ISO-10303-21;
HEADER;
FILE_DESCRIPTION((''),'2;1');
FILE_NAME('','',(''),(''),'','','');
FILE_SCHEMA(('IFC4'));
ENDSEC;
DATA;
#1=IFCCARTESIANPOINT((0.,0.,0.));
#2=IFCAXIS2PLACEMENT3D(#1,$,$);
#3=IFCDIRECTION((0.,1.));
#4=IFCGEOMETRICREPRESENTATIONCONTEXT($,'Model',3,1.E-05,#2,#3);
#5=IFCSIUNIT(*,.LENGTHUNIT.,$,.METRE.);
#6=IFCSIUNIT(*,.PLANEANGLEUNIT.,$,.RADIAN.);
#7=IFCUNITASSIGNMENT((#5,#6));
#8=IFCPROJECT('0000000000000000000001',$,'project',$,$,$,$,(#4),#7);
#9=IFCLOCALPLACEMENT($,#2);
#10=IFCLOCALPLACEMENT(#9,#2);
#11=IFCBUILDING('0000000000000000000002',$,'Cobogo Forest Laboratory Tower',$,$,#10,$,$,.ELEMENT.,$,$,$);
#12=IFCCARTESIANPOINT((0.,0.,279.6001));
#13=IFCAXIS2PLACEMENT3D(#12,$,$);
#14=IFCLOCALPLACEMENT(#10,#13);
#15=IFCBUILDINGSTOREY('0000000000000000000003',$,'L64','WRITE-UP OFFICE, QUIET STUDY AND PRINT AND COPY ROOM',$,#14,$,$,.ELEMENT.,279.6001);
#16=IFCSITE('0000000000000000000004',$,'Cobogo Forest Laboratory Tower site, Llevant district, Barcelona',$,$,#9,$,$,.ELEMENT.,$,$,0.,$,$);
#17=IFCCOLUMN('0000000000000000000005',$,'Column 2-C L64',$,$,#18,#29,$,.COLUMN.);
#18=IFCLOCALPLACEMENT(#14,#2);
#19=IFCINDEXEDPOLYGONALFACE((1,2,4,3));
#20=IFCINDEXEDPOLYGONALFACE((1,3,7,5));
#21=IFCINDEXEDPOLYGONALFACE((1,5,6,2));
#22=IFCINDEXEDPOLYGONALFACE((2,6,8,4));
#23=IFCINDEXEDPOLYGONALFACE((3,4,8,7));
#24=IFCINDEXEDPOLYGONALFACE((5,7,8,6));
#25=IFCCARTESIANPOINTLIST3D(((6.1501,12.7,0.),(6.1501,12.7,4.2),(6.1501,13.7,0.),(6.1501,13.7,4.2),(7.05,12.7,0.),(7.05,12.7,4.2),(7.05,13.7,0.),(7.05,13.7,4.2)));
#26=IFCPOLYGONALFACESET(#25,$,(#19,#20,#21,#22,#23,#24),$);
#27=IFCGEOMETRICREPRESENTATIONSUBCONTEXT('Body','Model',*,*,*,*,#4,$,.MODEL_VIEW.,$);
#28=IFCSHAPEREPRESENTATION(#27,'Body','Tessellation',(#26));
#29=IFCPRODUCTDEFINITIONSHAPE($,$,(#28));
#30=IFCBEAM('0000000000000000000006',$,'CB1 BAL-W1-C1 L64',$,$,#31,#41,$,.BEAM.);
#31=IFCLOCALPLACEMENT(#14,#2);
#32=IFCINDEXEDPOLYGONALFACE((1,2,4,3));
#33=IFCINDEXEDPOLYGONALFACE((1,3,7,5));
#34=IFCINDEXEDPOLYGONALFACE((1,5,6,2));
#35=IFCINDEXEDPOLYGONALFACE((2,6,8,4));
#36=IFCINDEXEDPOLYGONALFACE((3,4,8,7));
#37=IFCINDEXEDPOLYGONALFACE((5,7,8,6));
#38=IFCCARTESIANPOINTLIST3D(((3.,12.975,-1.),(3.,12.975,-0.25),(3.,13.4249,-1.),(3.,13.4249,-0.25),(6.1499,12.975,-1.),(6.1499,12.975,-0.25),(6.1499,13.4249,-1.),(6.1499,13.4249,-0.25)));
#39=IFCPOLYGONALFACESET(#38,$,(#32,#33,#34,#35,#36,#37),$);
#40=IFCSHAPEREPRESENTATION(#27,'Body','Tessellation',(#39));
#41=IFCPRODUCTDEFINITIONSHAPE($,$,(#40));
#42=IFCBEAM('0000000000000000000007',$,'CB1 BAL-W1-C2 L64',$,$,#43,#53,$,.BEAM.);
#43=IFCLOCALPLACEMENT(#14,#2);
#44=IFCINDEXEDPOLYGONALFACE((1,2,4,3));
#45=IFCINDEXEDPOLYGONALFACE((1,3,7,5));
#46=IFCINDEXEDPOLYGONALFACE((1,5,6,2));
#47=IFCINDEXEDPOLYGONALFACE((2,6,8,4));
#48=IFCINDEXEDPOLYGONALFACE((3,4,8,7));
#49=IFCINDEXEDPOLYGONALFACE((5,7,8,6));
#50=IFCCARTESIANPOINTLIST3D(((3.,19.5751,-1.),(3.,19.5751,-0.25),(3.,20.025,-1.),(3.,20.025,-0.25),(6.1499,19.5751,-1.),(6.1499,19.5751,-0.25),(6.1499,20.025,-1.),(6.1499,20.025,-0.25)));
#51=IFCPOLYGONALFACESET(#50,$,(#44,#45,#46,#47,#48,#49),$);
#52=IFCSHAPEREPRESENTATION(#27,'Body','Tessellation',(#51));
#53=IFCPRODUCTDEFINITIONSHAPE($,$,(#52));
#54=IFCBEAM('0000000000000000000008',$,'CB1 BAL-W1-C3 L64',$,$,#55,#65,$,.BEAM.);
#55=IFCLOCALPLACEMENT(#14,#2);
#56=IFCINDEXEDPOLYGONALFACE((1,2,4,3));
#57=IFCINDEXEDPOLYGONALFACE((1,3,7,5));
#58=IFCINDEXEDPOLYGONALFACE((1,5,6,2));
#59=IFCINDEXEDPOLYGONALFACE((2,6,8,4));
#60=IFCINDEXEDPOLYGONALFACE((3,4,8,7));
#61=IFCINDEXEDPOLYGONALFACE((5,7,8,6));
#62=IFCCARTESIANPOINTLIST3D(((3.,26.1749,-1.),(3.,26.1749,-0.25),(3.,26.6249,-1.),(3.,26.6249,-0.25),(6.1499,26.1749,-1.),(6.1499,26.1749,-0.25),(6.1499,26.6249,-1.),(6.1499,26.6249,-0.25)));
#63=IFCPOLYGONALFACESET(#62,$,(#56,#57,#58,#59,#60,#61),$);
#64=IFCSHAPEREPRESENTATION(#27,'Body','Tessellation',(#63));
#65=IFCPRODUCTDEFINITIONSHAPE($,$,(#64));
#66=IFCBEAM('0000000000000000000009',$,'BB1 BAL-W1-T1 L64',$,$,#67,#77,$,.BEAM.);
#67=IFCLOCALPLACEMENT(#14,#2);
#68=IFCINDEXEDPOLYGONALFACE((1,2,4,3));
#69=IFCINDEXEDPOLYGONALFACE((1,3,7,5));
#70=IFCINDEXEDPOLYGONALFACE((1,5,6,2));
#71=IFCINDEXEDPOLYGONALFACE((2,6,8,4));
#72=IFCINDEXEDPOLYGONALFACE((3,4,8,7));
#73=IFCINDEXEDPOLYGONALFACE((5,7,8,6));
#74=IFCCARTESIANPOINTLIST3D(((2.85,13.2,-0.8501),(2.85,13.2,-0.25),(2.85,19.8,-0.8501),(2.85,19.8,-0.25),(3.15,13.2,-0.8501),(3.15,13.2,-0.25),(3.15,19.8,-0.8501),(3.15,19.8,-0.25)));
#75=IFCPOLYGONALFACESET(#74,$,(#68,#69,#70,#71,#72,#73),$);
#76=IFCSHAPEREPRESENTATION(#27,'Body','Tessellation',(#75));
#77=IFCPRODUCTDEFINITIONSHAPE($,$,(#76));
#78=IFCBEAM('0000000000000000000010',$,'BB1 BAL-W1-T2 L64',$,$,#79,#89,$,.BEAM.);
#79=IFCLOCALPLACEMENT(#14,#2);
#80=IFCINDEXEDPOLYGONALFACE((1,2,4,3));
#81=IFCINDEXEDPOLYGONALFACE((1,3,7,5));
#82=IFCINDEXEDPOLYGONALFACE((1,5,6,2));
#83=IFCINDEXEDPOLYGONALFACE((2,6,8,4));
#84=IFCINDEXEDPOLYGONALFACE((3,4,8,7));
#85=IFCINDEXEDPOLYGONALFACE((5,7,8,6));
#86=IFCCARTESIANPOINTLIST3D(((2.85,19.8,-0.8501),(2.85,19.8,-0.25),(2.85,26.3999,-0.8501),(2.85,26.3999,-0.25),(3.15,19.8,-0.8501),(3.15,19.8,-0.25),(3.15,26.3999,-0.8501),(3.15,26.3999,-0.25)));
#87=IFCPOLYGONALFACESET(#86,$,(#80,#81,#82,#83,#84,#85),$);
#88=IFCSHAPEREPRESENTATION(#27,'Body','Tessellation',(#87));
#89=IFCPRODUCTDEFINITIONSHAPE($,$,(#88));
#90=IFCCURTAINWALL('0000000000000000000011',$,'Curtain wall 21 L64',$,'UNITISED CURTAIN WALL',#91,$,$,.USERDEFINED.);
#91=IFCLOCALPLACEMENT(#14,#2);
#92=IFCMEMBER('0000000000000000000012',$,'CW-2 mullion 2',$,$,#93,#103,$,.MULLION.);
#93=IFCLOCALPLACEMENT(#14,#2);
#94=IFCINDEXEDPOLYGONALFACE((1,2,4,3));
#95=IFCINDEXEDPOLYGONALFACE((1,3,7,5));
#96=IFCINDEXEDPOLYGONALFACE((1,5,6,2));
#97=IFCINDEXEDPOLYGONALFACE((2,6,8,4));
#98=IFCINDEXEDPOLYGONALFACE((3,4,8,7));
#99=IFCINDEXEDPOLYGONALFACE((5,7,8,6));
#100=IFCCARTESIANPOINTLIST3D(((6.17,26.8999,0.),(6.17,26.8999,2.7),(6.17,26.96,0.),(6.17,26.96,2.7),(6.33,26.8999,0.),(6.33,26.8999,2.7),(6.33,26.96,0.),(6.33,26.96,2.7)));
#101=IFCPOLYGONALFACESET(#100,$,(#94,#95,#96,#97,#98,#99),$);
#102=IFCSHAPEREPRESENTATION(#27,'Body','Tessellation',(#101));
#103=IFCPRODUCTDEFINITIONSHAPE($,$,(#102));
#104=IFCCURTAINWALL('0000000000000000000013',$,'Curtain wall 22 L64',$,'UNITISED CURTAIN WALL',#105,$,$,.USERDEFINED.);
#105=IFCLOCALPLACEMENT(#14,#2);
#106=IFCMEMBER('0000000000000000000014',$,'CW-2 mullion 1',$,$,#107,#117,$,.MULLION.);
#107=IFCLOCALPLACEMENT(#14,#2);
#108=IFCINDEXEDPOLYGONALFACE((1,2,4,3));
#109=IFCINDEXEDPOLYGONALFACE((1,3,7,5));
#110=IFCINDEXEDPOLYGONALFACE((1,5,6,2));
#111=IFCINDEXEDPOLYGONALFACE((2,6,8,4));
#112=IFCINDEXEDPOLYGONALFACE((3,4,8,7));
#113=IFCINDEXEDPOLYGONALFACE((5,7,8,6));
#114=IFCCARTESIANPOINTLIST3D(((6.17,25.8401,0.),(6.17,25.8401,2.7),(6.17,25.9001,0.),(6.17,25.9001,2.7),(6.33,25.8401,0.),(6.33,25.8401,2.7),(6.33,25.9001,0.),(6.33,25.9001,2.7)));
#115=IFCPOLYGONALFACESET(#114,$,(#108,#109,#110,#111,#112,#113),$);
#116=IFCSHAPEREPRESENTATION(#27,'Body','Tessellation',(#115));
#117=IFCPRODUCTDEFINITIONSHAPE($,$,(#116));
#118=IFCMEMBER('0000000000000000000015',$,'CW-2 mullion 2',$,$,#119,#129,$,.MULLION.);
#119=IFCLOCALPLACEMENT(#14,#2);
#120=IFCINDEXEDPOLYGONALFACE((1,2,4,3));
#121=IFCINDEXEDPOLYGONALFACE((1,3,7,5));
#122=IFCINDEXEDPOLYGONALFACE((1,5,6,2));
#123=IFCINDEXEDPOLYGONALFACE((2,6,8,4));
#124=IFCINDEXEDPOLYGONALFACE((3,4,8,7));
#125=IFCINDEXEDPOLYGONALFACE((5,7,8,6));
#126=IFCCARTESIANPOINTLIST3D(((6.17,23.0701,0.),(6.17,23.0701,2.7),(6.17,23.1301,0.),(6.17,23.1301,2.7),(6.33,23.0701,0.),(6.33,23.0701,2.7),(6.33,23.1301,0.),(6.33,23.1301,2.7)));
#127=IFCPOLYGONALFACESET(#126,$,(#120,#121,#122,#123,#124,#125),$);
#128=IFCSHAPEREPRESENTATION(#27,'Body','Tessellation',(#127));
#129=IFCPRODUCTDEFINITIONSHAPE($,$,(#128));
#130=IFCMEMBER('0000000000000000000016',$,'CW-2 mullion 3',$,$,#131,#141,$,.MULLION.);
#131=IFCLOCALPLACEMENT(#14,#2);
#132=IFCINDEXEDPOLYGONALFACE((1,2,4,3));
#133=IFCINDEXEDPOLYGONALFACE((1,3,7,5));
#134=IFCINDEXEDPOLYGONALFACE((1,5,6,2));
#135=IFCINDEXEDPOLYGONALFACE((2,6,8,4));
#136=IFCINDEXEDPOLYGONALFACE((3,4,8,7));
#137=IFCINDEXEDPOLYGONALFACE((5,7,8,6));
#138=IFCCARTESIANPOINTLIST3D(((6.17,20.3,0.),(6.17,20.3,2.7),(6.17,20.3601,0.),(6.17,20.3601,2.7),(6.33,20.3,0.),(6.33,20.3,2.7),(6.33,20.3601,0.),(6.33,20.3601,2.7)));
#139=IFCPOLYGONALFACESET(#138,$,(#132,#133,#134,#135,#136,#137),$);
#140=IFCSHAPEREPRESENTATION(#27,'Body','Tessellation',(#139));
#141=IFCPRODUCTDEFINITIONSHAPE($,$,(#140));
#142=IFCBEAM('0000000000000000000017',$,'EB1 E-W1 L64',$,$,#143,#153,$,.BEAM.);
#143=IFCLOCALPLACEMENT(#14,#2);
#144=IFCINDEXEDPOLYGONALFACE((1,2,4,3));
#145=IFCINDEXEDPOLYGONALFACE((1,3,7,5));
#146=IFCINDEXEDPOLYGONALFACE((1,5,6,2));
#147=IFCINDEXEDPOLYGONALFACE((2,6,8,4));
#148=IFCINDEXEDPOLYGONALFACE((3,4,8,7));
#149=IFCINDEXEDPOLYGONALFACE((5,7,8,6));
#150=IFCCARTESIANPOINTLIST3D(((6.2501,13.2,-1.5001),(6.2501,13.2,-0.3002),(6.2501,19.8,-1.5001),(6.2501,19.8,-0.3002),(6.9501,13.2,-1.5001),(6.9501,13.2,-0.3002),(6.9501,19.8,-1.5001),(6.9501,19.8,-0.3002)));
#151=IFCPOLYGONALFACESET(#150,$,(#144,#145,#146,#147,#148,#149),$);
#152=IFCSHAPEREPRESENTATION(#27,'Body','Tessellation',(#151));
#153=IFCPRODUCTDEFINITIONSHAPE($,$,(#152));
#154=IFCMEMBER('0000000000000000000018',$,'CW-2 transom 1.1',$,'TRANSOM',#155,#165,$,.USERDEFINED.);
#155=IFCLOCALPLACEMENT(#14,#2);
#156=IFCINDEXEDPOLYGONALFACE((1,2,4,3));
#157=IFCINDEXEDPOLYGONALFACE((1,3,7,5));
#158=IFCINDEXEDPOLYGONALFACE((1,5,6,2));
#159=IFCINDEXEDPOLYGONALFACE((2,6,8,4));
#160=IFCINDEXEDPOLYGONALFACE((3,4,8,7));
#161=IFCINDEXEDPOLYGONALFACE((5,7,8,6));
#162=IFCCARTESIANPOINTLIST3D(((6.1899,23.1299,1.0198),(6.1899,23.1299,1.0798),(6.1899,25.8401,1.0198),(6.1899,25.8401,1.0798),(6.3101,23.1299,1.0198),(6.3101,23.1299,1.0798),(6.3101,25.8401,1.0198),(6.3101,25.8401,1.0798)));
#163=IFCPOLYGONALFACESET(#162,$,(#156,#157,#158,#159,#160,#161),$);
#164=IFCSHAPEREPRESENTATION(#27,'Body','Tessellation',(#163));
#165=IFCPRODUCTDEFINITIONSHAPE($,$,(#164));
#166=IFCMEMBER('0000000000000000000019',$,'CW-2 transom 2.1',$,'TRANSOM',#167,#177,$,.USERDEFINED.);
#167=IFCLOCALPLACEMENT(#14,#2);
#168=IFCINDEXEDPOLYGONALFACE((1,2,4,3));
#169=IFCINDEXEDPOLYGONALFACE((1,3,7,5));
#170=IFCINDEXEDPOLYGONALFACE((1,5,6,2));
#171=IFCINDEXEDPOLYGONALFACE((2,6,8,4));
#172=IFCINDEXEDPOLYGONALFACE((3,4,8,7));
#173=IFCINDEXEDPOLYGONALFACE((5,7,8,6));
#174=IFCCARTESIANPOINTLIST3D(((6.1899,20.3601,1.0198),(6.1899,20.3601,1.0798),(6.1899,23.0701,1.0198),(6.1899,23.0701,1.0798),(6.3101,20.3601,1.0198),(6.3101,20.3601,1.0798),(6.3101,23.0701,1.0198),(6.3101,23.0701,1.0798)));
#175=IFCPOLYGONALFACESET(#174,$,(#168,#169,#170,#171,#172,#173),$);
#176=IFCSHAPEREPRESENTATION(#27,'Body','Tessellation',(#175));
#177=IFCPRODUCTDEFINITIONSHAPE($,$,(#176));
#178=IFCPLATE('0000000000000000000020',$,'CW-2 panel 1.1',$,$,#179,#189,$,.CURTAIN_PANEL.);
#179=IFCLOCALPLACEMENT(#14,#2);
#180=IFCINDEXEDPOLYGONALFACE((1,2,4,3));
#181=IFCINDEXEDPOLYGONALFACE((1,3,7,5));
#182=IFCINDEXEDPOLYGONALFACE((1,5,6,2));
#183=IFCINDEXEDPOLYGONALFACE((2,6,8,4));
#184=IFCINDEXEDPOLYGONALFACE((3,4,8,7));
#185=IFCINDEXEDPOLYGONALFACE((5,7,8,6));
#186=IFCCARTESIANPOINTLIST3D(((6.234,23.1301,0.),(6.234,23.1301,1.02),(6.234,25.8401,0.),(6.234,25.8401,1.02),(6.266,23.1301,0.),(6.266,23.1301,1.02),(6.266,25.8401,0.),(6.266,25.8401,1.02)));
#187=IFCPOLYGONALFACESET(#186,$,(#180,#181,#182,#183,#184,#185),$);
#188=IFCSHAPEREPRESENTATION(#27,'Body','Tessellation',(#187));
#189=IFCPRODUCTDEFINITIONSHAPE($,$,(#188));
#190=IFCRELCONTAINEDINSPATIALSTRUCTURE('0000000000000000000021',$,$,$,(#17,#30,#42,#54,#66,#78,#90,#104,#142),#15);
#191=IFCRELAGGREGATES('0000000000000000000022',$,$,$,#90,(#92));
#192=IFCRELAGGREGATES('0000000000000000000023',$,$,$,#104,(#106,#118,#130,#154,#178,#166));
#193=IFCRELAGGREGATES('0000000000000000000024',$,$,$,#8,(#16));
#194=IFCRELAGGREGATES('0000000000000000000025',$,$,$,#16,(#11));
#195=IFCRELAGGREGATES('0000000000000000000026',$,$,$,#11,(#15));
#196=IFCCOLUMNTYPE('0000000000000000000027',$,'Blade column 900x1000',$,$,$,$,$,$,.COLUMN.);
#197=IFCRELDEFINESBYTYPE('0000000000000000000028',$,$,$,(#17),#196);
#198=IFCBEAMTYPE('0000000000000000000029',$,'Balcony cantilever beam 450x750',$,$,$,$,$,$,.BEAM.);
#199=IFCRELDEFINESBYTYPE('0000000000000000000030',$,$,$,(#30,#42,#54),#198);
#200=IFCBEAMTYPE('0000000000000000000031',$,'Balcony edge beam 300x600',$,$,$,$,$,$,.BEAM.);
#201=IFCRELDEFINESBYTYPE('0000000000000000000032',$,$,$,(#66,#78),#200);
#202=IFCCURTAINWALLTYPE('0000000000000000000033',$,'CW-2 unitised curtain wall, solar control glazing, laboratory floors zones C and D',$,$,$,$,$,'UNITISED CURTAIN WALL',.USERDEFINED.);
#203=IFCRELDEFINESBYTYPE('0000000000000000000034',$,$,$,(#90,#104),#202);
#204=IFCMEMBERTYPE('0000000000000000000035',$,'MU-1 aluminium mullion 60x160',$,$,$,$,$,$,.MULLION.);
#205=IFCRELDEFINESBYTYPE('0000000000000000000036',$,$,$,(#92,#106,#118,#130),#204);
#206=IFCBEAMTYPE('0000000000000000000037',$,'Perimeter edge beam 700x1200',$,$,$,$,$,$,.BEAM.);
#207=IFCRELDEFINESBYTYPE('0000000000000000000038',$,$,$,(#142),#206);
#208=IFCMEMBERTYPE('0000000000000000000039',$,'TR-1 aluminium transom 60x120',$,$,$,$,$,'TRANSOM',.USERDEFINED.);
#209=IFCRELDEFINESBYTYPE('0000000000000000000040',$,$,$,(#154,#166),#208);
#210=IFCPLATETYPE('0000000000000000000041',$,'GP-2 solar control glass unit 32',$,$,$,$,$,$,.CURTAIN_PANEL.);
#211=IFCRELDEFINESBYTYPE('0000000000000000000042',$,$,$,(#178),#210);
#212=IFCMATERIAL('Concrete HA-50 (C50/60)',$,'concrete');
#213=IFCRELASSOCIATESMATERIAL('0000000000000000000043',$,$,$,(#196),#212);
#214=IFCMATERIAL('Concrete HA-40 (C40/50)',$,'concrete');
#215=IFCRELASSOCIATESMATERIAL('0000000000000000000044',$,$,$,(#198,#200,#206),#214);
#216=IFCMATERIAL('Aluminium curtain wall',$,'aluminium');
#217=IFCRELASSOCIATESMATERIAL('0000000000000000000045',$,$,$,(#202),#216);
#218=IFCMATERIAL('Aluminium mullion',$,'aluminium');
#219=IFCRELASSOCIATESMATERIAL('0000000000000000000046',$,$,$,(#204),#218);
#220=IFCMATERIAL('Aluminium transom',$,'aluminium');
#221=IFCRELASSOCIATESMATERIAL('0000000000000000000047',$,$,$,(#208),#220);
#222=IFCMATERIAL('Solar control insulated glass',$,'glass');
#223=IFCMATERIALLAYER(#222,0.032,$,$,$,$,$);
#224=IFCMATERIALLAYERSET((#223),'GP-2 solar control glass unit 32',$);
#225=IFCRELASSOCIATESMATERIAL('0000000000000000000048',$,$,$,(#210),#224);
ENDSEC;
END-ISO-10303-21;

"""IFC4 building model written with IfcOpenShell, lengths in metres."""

from ifc_helpers import new_model, si_unit, direction, frame, origin, origin_2d, place, context, subcontext, project, spatial, rectangle, extrude, material, layer, layer_set, material_profile, profile_set, type_object, element, aggregate, save


model = new_model("IFC4")

# Units and contexts
model_context = context("Model", 3, precision=1e-05, world=origin(), true_north=direction((0.0, 1.0)))
body_context = subcontext(model_context, "Body", "Model", "MODEL_VIEW")
ifc_project = project(units=[si_unit("LENGTHUNIT", "METRE"), si_unit("PLANEANGLEUNIT", "RADIAN")], contexts=[model_context])

# Site, building, storey
site_placement = place(None, origin())
site = spatial("IfcSite", under=ifc_project, at=site_placement, Name="Cobogo Forest Laboratory Tower site, Llevant district, Barcelona", CompositionType="ELEMENT", RefElevation=0.0)
building_placement = place(site_placement, origin())
building = spatial("IfcBuilding", under=site, at=building_placement, Name="Cobogo Forest Laboratory Tower", CompositionType="ELEMENT")
storey_placement = place(building_placement, frame((0.0, 0.0, 279.6001)))
storey = spatial("IfcBuildingStorey", under=building, at=storey_placement, Name="L64", Description="WRITE-UP OFFICE, QUIET STUDY AND PRINT AND COPY ROOM", CompositionType="ELEMENT", Elevation=279.6001)

# Column
ifc_material_1 = material(Name="Concrete HA-50 (C50/60)", Category="concrete")
ifc_material_profile_1 = material_profile(ifc_material_1, rectangle(XDim=1.0, YDim=0.8999, at=origin_2d()), Name="RC 900x1000")
ifc_profile_set_1 = profile_set([ifc_material_profile_1], Name="Concrete HA-50 (C50/60)")
column_type = type_object("IfcColumnType", Name="Blade column 900x1000", PredefinedType="COLUMN", material=ifc_profile_set_1)
column_placement = place(storey_placement, frame((6.6001, 13.2, 0.0), z_axis=(0.0, 0.0, 1.0), x_axis=(0.0, 1.0, 0.0)))
element("IfcColumn", 1, at=column_placement, inside=storey, type_object=column_type, Name="Column 2-C L64", PredefinedType="COLUMN", context=body_context, shape_type="SweptSolid", body=[
    extrude(rectangle(XDim=1.0, YDim=0.8999, at=origin_2d()), origin(), (0.0, 0.0, 1.0), 4.2),
])

# Beams
ifc_material_2 = material(Name="Concrete HA-40 (C40/50)", Category="concrete")
ifc_material_profile_2 = material_profile(ifc_material_2, rectangle(XDim=0.45, YDim=0.75, at=origin_2d()), Name="RC 450x750")
ifc_profile_set_2 = profile_set([ifc_material_profile_2], Name="Concrete HA-40 (C40/50)")
beam_type_1 = type_object("IfcBeamType", Name="Balcony cantilever beam 450x750", PredefinedType="BEAM", material=ifc_profile_set_2)
for number, where, z_axis, x_axis, name in (
    (2, (6.1499, 13.2, -0.625), (-1.0, 0.0, 0.0), (0.0, -1.0, 0.0), "CB1 BAL-W1-C1 L64"),
    (3, (6.1499, 19.8, -0.625), (-1.0, 0.0, 0.0), (0.0, -1.0, 0.0), "CB1 BAL-W1-C2 L64"),
    (4, (6.1499, 26.3999, -0.625), (-1.0, 0.0, 0.0), (0.0, -1.0, 0.0), "CB1 BAL-W1-C3 L64"),
):
    element("IfcBeam", number, at=place(storey_placement, frame(where, z_axis=z_axis, x_axis=x_axis)), inside=storey, type_object=beam_type_1, Name=name, PredefinedType="BEAM", context=body_context, shape_type="SweptSolid", body=[
        extrude(rectangle(XDim=0.45, YDim=0.75, at=origin_2d()), origin(), (0.0, 0.0, 1.0), 3.1499),
    ])
ifc_material_profile_3 = material_profile(ifc_material_2, rectangle(XDim=0.3, YDim=0.6001, at=origin_2d()), Name="RC 300x600")
ifc_profile_set_3 = profile_set([ifc_material_profile_3], Name="Concrete HA-40 (C40/50)")
beam_type_2 = type_object("IfcBeamType", Name="Balcony edge beam 300x600", PredefinedType="BEAM", material=ifc_profile_set_3)
beam_1_placement = place(storey_placement, frame((3.0, 13.2, -0.55), z_axis=(0.0, 1.0, 0.0), x_axis=(-1.0, 0.0, 0.0)))
element("IfcBeam", 5, at=beam_1_placement, inside=storey, type_object=beam_type_2, Name="BB1 BAL-W1-T1 L64", PredefinedType="BEAM", context=body_context, shape_type="SweptSolid", body=[
    extrude(rectangle(XDim=0.3, YDim=0.6001, at=origin_2d()), origin(), (0.0, 0.0, 1.0), 6.6001),
])
beam_2_placement = place(storey_placement, frame((3.0, 19.8, -0.55), z_axis=(0.0, 1.0, 0.0), x_axis=(-1.0, 0.0, 0.0)))
element("IfcBeam", 6, at=beam_2_placement, inside=storey, type_object=beam_type_2, Name="BB1 BAL-W1-T2 L64", PredefinedType="BEAM", context=body_context, shape_type="SweptSolid", body=[
    extrude(rectangle(XDim=0.3, YDim=0.6001, at=origin_2d()), origin(), (0.0, 0.0, 1.0), 6.5999),
])

# Curtain wall, member
ifc_material_3 = material(Name="Aluminium curtain wall", Category="aluminium")
curtain_wall_type = type_object("IfcCurtainWallType", Name="CW-2 unitised curtain wall, solar control glazing, laboratory floors zones C and D", ElementType="UNITISED CURTAIN WALL", PredefinedType="USERDEFINED", material=ifc_material_3)
curtain_wall_1_placement = place(storey_placement, origin())
curtain_wall_1 = element("IfcCurtainWall", 7, at=curtain_wall_1_placement, inside=storey, type_object=curtain_wall_type, Name="Curtain wall 21 L64", ObjectType="UNITISED CURTAIN WALL", PredefinedType="USERDEFINED")
ifc_material_4 = material(Name="Aluminium mullion", Category="aluminium")
ifc_material_profile_4 = material_profile(ifc_material_4, rectangle(XDim=0.0601, YDim=0.1599, at=origin_2d()), Name="AL 60x160")
ifc_profile_set_4 = profile_set([ifc_material_profile_4], Name="Aluminium mullion")
member_type_1 = type_object("IfcMemberType", Name="MU-1 aluminium mullion 60x160", PredefinedType="MULLION", material=ifc_profile_set_4)
member_1_placement = place(storey_placement, frame((6.25, 26.9299, 0.0), z_axis=(0.0, 0.0, 1.0), x_axis=(0.0, -1.0, 0.0)))
member_1 = element("IfcMember", 8, at=member_1_placement, type_object=member_type_1, Name="CW-2 mullion 2", PredefinedType="MULLION", context=body_context, shape_type="SweptSolid", body=[
    extrude(rectangle(XDim=0.0601, YDim=0.1599, at=origin_2d()), origin(), (0.0, 0.0, 1.0), 2.7),
])
aggregate(curtain_wall_1, [member_1])

# Curtain wall, members
curtain_wall_2_placement = place(storey_placement, origin())
curtain_wall_2 = element("IfcCurtainWall", 9, at=curtain_wall_2_placement, inside=storey, type_object=curtain_wall_type, Name="Curtain wall 22 L64", ObjectType="UNITISED CURTAIN WALL", PredefinedType="USERDEFINED")
member_2_placement = place(storey_placement, frame((6.25, 25.8701, 0.0), z_axis=(0.0, 0.0, 1.0), x_axis=(0.0, -1.0, 0.0)))
member_2 = element("IfcMember", 10, at=member_2_placement, type_object=member_type_1, Name="CW-2 mullion 1", PredefinedType="MULLION", context=body_context, shape_type="SweptSolid", body=[
    extrude(rectangle(XDim=0.0601, YDim=0.1599, at=origin_2d()), origin(), (0.0, 0.0, 1.0), 2.7),
])
member_3_placement = place(storey_placement, frame((6.25, 23.1001, 0.0), z_axis=(0.0, 0.0, 1.0), x_axis=(0.0, -1.0, 0.0)))
member_3 = element("IfcMember", 11, at=member_3_placement, type_object=member_type_1, Name="CW-2 mullion 2", PredefinedType="MULLION", context=body_context, shape_type="SweptSolid", body=[
    extrude(rectangle(XDim=0.0601, YDim=0.1599, at=origin_2d()), origin(), (0.0, 0.0, 1.0), 2.7),
])
member_4_placement = place(storey_placement, frame((6.25, 20.3301, 0.0), z_axis=(0.0, 0.0, 1.0), x_axis=(0.0, -1.0, 0.0)))
member_4 = element("IfcMember", 12, at=member_4_placement, type_object=member_type_1, Name="CW-2 mullion 3", PredefinedType="MULLION", context=body_context, shape_type="SweptSolid", body=[
    extrude(rectangle(XDim=0.0601, YDim=0.1599, at=origin_2d()), origin(), (0.0, 0.0, 1.0), 2.7),
])

# Beam
ifc_material_profile_5 = material_profile(ifc_material_2, rectangle(XDim=0.7, YDim=1.2, at=origin_2d()), Name="RC 700x1200")
ifc_profile_set_5 = profile_set([ifc_material_profile_5], Name="Concrete HA-40 (C40/50)")
beam_type_3 = type_object("IfcBeamType", Name="Perimeter edge beam 700x1200", PredefinedType="BEAM", material=ifc_profile_set_5)
beam_3_placement = place(storey_placement, frame((6.6001, 13.2, -0.9001), z_axis=(0.0, 1.0, 0.0), x_axis=(-1.0, 0.0, 0.0)))
element("IfcBeam", 13, at=beam_3_placement, inside=storey, type_object=beam_type_3, Name="EB1 E-W1 L64", PredefinedType="BEAM", context=body_context, shape_type="SweptSolid", body=[
    extrude(rectangle(XDim=0.7, YDim=1.2, at=origin_2d()), origin(), (0.0, 0.0, 1.0), 6.6001),
])

# Members
ifc_material_5 = material(Name="Aluminium transom", Category="aluminium")
ifc_material_profile_6 = material_profile(ifc_material_5, rectangle(XDim=0.1201, YDim=0.0601, at=origin_2d()), Name="AL 60x120")
ifc_profile_set_6 = profile_set([ifc_material_profile_6], Name="Aluminium transom")
member_type_2 = type_object("IfcMemberType", Name="TR-1 aluminium transom 60x120", ElementType="TRANSOM", PredefinedType="USERDEFINED", material=ifc_profile_set_6)
member_5_placement = place(storey_placement, frame((6.25, 25.8401, 1.0498), z_axis=(0.0, -1.0, 0.0), x_axis=(1.0, 0.0, 0.0)))
member_5 = element("IfcMember", 14, at=member_5_placement, type_object=member_type_2, Name="CW-2 transom 1.1", ObjectType="TRANSOM", PredefinedType="USERDEFINED", context=body_context, shape_type="SweptSolid", body=[
    extrude(rectangle(XDim=0.1201, YDim=0.0601, at=origin_2d()), origin(), (0.0, 0.0, 1.0), 2.7102),
])
member_6_placement = place(storey_placement, frame((6.25, 23.0701, 1.0498), z_axis=(0.0, -1.0, 0.0), x_axis=(1.0, 0.0, 0.0)))
member_6 = element("IfcMember", 15, at=member_6_placement, type_object=member_type_2, Name="CW-2 transom 2.1", ObjectType="TRANSOM", PredefinedType="USERDEFINED", context=body_context, shape_type="SweptSolid", body=[
    extrude(rectangle(XDim=0.1201, YDim=0.0601, at=origin_2d()), origin(), (0.0, 0.0, 1.0), 2.71),
])

# Plate
ifc_material_6 = material(Name="Solar control insulated glass", Category="glass")
ifc_layer_1 = layer(ifc_material_6, 0.032)
ifc_layer_set_1 = layer_set([ifc_layer_1], Name="GP-2 solar control glass unit 32")
plate_type_1 = type_object("IfcPlateType", Name="GP-2 solar control glass unit 32", PredefinedType="CURTAIN_PANEL", material=ifc_layer_set_1)
plate_1_placement = place(storey_placement, frame((6.25, 24.4851, 0.0), z_axis=(0.0, 0.0, 1.0), x_axis=(0.0, -1.0, 0.0)))
plate_1 = element("IfcPlate", 16, at=plate_1_placement, type_object=plate_type_1, Name="CW-2 panel 1.1", PredefinedType="CURTAIN_PANEL", context=body_context, shape_type="SweptSolid", body=[
    extrude(rectangle(XDim=2.71, YDim=0.032, at=origin_2d()), origin(), (0.0, 0.0, 1.0), 1.02),
])
aggregate(curtain_wall_2, [member_2, member_3, member_4, member_5, plate_1, member_6])

save(model, "model.ifc")
